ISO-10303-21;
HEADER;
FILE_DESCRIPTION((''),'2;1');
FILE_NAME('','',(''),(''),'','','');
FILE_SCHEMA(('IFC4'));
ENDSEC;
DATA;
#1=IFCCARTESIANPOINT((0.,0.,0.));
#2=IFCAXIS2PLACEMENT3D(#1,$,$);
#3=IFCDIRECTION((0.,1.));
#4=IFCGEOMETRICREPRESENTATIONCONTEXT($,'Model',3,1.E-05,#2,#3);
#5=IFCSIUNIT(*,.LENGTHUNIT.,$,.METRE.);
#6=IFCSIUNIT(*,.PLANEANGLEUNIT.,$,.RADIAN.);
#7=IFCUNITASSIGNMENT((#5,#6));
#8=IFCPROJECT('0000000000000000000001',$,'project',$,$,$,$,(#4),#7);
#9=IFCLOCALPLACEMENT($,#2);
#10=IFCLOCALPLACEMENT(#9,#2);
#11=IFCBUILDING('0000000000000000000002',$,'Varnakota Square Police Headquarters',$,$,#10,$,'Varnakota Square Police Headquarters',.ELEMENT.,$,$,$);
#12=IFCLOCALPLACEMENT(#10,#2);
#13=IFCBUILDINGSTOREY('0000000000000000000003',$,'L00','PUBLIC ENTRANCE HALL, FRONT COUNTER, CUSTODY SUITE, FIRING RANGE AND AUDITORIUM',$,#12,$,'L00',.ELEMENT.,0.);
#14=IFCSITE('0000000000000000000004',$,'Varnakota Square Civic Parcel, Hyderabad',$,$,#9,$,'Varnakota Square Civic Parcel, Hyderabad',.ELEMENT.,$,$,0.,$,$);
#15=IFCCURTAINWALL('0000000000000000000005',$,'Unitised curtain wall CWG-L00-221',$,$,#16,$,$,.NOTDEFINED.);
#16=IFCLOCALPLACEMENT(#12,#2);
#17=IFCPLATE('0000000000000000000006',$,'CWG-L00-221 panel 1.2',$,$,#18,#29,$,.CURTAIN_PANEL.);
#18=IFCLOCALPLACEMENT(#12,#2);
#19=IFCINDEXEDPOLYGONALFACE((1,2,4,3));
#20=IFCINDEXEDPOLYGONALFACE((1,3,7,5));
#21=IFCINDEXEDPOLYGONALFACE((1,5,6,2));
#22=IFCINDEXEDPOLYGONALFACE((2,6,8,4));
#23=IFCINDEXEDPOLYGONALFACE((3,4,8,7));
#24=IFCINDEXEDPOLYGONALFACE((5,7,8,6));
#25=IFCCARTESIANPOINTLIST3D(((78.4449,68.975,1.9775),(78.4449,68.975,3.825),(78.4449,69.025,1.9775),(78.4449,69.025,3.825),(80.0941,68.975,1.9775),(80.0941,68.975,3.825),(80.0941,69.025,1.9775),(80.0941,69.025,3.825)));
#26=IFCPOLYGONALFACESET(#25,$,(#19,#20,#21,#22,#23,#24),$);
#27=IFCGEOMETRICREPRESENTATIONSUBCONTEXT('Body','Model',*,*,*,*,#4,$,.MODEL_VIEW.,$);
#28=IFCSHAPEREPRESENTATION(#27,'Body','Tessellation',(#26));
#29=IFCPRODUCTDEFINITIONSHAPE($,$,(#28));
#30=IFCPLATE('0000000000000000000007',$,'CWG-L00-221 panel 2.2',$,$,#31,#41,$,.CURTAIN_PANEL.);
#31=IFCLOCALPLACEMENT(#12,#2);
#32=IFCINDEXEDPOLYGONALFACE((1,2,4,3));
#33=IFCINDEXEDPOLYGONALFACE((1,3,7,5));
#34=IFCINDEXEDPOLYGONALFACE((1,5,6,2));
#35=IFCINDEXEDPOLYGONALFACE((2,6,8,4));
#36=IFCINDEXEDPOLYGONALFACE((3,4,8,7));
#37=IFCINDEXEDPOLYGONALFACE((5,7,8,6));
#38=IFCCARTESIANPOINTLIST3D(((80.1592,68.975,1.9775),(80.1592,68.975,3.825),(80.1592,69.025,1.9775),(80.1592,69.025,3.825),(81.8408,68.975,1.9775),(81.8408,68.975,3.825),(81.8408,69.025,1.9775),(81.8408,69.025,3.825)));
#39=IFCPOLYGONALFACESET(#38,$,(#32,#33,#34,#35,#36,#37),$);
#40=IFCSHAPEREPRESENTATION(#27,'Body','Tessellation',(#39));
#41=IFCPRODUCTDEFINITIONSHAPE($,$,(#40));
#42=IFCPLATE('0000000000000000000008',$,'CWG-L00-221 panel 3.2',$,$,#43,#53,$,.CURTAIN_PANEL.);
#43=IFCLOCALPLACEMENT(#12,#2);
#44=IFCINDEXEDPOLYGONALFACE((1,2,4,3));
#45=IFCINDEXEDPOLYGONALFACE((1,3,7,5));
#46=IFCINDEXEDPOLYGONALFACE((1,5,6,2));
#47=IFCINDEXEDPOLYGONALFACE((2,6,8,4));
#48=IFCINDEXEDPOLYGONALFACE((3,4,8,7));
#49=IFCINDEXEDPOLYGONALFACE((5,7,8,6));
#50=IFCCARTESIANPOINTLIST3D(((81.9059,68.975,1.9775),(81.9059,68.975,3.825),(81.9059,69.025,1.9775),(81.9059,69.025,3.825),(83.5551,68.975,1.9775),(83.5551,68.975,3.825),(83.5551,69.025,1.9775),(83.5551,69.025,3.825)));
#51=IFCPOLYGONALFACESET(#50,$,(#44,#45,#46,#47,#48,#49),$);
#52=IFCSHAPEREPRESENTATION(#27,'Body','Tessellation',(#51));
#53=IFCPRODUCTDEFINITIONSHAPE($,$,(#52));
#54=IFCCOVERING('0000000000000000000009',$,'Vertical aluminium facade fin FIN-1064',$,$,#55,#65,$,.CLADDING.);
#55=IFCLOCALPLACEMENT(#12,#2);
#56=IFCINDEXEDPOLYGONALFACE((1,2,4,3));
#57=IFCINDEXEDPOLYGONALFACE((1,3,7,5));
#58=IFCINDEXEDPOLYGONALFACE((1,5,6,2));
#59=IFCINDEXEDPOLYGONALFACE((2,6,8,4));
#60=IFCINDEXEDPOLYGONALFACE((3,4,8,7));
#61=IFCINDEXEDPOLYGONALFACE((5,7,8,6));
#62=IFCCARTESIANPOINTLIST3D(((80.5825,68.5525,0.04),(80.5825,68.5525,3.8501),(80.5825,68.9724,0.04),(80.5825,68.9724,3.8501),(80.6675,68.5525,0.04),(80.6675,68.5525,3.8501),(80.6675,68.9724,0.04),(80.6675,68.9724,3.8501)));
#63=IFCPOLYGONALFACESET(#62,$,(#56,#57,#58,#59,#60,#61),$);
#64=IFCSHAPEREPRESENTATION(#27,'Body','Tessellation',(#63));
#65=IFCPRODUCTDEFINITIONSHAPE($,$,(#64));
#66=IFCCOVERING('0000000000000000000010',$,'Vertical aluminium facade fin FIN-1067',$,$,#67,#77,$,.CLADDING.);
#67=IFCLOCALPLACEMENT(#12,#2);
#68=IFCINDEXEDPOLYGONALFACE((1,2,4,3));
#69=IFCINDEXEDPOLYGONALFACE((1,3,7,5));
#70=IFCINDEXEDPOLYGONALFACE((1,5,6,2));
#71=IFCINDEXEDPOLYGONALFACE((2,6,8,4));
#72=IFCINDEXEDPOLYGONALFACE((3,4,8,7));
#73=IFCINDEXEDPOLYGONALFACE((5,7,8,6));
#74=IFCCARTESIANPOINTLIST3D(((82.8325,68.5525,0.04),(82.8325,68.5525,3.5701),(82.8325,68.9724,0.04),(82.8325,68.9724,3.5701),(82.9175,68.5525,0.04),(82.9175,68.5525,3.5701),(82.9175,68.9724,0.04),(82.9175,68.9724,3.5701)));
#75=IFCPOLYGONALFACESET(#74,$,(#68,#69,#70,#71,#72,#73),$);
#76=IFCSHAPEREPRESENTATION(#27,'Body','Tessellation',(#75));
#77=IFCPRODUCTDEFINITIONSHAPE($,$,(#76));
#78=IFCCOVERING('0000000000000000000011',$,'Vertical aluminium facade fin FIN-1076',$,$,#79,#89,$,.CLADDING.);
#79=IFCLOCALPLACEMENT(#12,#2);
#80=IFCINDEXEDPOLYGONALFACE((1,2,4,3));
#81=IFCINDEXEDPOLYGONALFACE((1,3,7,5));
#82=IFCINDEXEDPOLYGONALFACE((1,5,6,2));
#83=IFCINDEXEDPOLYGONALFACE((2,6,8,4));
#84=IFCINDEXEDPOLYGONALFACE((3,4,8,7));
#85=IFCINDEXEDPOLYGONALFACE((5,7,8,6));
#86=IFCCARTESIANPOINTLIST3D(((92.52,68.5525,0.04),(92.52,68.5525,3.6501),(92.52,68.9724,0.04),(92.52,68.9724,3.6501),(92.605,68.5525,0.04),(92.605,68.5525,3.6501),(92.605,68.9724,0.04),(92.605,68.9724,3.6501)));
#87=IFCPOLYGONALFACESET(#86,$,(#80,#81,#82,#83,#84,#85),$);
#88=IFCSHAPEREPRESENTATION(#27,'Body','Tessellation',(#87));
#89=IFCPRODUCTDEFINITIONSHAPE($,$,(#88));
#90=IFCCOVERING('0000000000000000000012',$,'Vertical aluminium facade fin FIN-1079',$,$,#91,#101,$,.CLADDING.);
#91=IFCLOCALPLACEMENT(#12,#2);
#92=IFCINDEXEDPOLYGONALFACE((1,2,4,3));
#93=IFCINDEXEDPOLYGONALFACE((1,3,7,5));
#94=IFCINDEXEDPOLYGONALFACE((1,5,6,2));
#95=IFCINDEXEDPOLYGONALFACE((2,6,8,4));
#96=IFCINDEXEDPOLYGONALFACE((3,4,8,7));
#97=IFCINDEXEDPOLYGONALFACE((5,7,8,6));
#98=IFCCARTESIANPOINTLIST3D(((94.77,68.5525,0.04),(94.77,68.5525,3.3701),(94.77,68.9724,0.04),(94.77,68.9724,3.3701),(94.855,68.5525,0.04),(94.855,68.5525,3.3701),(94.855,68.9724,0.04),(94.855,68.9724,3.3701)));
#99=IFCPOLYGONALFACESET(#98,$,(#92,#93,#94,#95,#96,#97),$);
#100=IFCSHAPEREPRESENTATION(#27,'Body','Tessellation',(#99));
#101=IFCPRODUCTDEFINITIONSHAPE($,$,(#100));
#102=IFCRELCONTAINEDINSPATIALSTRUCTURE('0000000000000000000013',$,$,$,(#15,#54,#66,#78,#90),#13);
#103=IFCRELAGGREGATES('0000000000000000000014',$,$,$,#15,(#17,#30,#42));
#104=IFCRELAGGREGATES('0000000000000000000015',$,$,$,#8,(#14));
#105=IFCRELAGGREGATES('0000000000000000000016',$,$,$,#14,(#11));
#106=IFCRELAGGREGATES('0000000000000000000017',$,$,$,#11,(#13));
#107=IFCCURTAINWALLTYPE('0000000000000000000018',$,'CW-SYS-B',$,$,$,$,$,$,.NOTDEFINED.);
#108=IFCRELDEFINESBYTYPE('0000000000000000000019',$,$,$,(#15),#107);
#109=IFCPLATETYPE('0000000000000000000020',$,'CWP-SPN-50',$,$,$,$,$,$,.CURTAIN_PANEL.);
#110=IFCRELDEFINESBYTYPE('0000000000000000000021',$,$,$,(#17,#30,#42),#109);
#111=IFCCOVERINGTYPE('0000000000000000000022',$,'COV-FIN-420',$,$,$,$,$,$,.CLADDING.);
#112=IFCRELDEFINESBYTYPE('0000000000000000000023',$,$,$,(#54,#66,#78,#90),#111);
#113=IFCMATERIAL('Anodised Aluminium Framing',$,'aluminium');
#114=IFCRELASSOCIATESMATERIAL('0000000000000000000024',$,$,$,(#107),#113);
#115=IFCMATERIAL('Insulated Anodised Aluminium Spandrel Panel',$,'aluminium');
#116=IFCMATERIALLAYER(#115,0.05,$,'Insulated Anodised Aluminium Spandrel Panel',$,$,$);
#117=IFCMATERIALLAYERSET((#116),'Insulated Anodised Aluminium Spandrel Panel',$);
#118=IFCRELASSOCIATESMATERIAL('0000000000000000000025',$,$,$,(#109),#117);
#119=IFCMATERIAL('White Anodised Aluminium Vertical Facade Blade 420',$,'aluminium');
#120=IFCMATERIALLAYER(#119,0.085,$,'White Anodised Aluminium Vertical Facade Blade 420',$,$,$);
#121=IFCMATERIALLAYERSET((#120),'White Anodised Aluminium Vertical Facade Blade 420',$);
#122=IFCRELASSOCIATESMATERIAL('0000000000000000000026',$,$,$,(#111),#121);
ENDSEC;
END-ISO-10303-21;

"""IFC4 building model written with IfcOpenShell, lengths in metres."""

from ifc_helpers import new_model, si_unit, direction, frame, origin, origin_2d, place, context, subcontext, project, spatial, rectangle, extrude, material, layer, layer_set, type_object, element, aggregate, save


model = new_model("IFC4")

# Units and contexts
model_context = context("Model", 3, precision=1e-05, world=origin(), true_north=direction((0.0, 1.0)))
body_context = subcontext(model_context, "Body", "Model", "MODEL_VIEW")
ifc_project = project(units=[si_unit("LENGTHUNIT", "METRE"), si_unit("PLANEANGLEUNIT", "RADIAN")], contexts=[model_context])

# Site, building, storey
site_placement = place(None, origin())
site = spatial("IfcSite", under=ifc_project, at=site_placement, Name="Varnakota Square Civic Parcel, Hyderabad", LongName="Varnakota Square Civic Parcel, Hyderabad", CompositionType="ELEMENT", RefElevation=0.0)
building_placement = place(site_placement, origin())
building = spatial("IfcBuilding", under=site, at=building_placement, Name="Varnakota Square Police Headquarters", LongName="Varnakota Square Police Headquarters", CompositionType="ELEMENT")
storey_placement = place(building_placement, origin())
storey = spatial("IfcBuildingStorey", under=building, at=storey_placement, Name="L00", Description="PUBLIC ENTRANCE HALL, FRONT COUNTER, CUSTODY SUITE, FIRING RANGE AND AUDITORIUM", LongName="L00", CompositionType="ELEMENT", Elevation=0.0)

# Curtain wall, plates
ifc_material_1 = material(Name="Anodised Aluminium Framing", Category="aluminium")
curtain_wall_type = type_object("IfcCurtainWallType", Name="CW-SYS-B", PredefinedType="NOTDEFINED", material=ifc_material_1)
curtain_wall_placement = place(storey_placement, origin())
curtain_wall = element("IfcCurtainWall", 1, at=curtain_wall_placement, inside=storey, type_object=curtain_wall_type, Name="Unitised curtain wall CWG-L00-221", PredefinedType="NOTDEFINED")
ifc_material_2 = material(Name="Insulated Anodised Aluminium Spandrel Panel", Category="aluminium")
ifc_layer_1 = layer(ifc_material_2, 0.05, Name="Insulated Anodised Aluminium Spandrel Panel")
ifc_layer_set_1 = layer_set([ifc_layer_1], Name="Insulated Anodised Aluminium Spandrel Panel")
plate_type_1 = type_object("IfcPlateType", Name="CWP-SPN-50", PredefinedType="CURTAIN_PANEL", material=ifc_layer_set_1)
plate_1_placement = place(storey_placement, frame((79.2695, 69.0, 1.9775), z_axis=(0.0, 0.0, 1.0), x_axis=(1.0, 0.0, 0.0)))
plate_1 = element("IfcPlate", 2, at=plate_1_placement, type_object=plate_type_1, Name="CWG-L00-221 panel 1.2", PredefinedType="CURTAIN_PANEL", context=body_context, shape_type="SweptSolid", body=[
    extrude(rectangle(XDim=1.6492, YDim=0.05, at=origin_2d()), origin(), (0.0, 0.0, 1.0), 1.8474),
])
plate_2_placement = place(storey_placement, frame((81.0, 69.0, 1.9775), z_axis=(0.0, 0.0, 1.0), x_axis=(1.0, 0.0, 0.0)))
plate_2 = element("IfcPlate", 3, at=plate_2_placement, type_object=plate_type_1, Name="CWG-L00-221 panel 2.2", PredefinedType="CURTAIN_PANEL", context=body_context, shape_type="SweptSolid", body=[
    extrude(rectangle(XDim=1.6816, YDim=0.05, at=origin_2d()), origin(), (0.0, 0.0, 1.0), 1.8474),
])
plate_3_placement = place(storey_placement, frame((82.7305, 69.0, 1.9775), z_axis=(0.0, 0.0, 1.0), x_axis=(1.0, 0.0, 0.0)))
plate_3 = element("IfcPlate", 4, at=plate_3_placement, type_object=plate_type_1, Name="CWG-L00-221 panel 3.2", PredefinedType="CURTAIN_PANEL", context=body_context, shape_type="SweptSolid", body=[
    extrude(rectangle(XDim=1.6492, YDim=0.05, at=origin_2d()), origin(), (0.0, 0.0, 1.0), 1.8474),
])
aggregate(curtain_wall, [plate_1, plate_2, plate_3])

# Coverings
ifc_material_3 = material(Name="White Anodised Aluminium Vertical Facade Blade 420", Category="aluminium")
ifc_layer_2 = layer(ifc_material_3, 0.085, Name="White Anodised Aluminium Vertical Facade Blade 420")
ifc_layer_set_2 = layer_set([ifc_layer_2], Name="White Anodised Aluminium Vertical Facade Blade 420")
covering_type = type_object("IfcCoveringType", Name="COV-FIN-420", PredefinedType="CLADDING", material=ifc_layer_set_2)
covering_1_placement = place(storey_placement, frame((80.625, 68.7625, 0.04), z_axis=(0.0, 0.0, 1.0), x_axis=(1.0, 0.0, 0.0)))
element("IfcCovering", 5, at=covering_1_placement, inside=storey, type_object=covering_type, Name="Vertical aluminium facade fin FIN-1064", PredefinedType="CLADDING", context=body_context, shape_type="SweptSolid", body=[
    extrude(rectangle(XDim=0.085, YDim=0.4199, at=origin_2d()), origin(), (0.0, 0.0, 1.0), 3.8101),
])
covering_2_placement = place(storey_placement, frame((82.875, 68.7625, 0.04), z_axis=(0.0, 0.0, 1.0), x_axis=(1.0, 0.0, 0.0)))
element("IfcCovering", 6, at=covering_2_placement, inside=storey, type_object=covering_type, Name="Vertical aluminium facade fin FIN-1067", PredefinedType="CLADDING", context=body_context, shape_type="SweptSolid", body=[
    extrude(rectangle(XDim=0.085, YDim=0.4199, at=origin_2d()), origin(), (0.0, 0.0, 1.0), 3.53),
])
covering_3_placement = place(storey_placement, frame((92.5625, 68.7625, 0.04), z_axis=(0.0, 0.0, 1.0), x_axis=(1.0, 0.0, 0.0)))
element("IfcCovering", 7, at=covering_3_placement, inside=storey, type_object=covering_type, Name="Vertical aluminium facade fin FIN-1076", PredefinedType="CLADDING", context=body_context, shape_type="SweptSolid", body=[
    extrude(rectangle(XDim=0.085, YDim=0.4199, at=origin_2d()), origin(), (0.0, 0.0, 1.0), 3.6101),
])
covering_4_placement = place(storey_placement, frame((94.8125, 68.7625, 0.04), z_axis=(0.0, 0.0, 1.0), x_axis=(1.0, 0.0, 0.0)))
element("IfcCovering", 8, at=covering_4_placement, inside=storey, type_object=covering_type, Name="Vertical aluminium facade fin FIN-1079", PredefinedType="CLADDING", context=body_context, shape_type="SweptSolid", body=[
    extrude(rectangle(XDim=0.085, YDim=0.4199, at=origin_2d()), origin(), (0.0, 0.0, 1.0), 3.3301),
])

save(model, "model.ifc")
